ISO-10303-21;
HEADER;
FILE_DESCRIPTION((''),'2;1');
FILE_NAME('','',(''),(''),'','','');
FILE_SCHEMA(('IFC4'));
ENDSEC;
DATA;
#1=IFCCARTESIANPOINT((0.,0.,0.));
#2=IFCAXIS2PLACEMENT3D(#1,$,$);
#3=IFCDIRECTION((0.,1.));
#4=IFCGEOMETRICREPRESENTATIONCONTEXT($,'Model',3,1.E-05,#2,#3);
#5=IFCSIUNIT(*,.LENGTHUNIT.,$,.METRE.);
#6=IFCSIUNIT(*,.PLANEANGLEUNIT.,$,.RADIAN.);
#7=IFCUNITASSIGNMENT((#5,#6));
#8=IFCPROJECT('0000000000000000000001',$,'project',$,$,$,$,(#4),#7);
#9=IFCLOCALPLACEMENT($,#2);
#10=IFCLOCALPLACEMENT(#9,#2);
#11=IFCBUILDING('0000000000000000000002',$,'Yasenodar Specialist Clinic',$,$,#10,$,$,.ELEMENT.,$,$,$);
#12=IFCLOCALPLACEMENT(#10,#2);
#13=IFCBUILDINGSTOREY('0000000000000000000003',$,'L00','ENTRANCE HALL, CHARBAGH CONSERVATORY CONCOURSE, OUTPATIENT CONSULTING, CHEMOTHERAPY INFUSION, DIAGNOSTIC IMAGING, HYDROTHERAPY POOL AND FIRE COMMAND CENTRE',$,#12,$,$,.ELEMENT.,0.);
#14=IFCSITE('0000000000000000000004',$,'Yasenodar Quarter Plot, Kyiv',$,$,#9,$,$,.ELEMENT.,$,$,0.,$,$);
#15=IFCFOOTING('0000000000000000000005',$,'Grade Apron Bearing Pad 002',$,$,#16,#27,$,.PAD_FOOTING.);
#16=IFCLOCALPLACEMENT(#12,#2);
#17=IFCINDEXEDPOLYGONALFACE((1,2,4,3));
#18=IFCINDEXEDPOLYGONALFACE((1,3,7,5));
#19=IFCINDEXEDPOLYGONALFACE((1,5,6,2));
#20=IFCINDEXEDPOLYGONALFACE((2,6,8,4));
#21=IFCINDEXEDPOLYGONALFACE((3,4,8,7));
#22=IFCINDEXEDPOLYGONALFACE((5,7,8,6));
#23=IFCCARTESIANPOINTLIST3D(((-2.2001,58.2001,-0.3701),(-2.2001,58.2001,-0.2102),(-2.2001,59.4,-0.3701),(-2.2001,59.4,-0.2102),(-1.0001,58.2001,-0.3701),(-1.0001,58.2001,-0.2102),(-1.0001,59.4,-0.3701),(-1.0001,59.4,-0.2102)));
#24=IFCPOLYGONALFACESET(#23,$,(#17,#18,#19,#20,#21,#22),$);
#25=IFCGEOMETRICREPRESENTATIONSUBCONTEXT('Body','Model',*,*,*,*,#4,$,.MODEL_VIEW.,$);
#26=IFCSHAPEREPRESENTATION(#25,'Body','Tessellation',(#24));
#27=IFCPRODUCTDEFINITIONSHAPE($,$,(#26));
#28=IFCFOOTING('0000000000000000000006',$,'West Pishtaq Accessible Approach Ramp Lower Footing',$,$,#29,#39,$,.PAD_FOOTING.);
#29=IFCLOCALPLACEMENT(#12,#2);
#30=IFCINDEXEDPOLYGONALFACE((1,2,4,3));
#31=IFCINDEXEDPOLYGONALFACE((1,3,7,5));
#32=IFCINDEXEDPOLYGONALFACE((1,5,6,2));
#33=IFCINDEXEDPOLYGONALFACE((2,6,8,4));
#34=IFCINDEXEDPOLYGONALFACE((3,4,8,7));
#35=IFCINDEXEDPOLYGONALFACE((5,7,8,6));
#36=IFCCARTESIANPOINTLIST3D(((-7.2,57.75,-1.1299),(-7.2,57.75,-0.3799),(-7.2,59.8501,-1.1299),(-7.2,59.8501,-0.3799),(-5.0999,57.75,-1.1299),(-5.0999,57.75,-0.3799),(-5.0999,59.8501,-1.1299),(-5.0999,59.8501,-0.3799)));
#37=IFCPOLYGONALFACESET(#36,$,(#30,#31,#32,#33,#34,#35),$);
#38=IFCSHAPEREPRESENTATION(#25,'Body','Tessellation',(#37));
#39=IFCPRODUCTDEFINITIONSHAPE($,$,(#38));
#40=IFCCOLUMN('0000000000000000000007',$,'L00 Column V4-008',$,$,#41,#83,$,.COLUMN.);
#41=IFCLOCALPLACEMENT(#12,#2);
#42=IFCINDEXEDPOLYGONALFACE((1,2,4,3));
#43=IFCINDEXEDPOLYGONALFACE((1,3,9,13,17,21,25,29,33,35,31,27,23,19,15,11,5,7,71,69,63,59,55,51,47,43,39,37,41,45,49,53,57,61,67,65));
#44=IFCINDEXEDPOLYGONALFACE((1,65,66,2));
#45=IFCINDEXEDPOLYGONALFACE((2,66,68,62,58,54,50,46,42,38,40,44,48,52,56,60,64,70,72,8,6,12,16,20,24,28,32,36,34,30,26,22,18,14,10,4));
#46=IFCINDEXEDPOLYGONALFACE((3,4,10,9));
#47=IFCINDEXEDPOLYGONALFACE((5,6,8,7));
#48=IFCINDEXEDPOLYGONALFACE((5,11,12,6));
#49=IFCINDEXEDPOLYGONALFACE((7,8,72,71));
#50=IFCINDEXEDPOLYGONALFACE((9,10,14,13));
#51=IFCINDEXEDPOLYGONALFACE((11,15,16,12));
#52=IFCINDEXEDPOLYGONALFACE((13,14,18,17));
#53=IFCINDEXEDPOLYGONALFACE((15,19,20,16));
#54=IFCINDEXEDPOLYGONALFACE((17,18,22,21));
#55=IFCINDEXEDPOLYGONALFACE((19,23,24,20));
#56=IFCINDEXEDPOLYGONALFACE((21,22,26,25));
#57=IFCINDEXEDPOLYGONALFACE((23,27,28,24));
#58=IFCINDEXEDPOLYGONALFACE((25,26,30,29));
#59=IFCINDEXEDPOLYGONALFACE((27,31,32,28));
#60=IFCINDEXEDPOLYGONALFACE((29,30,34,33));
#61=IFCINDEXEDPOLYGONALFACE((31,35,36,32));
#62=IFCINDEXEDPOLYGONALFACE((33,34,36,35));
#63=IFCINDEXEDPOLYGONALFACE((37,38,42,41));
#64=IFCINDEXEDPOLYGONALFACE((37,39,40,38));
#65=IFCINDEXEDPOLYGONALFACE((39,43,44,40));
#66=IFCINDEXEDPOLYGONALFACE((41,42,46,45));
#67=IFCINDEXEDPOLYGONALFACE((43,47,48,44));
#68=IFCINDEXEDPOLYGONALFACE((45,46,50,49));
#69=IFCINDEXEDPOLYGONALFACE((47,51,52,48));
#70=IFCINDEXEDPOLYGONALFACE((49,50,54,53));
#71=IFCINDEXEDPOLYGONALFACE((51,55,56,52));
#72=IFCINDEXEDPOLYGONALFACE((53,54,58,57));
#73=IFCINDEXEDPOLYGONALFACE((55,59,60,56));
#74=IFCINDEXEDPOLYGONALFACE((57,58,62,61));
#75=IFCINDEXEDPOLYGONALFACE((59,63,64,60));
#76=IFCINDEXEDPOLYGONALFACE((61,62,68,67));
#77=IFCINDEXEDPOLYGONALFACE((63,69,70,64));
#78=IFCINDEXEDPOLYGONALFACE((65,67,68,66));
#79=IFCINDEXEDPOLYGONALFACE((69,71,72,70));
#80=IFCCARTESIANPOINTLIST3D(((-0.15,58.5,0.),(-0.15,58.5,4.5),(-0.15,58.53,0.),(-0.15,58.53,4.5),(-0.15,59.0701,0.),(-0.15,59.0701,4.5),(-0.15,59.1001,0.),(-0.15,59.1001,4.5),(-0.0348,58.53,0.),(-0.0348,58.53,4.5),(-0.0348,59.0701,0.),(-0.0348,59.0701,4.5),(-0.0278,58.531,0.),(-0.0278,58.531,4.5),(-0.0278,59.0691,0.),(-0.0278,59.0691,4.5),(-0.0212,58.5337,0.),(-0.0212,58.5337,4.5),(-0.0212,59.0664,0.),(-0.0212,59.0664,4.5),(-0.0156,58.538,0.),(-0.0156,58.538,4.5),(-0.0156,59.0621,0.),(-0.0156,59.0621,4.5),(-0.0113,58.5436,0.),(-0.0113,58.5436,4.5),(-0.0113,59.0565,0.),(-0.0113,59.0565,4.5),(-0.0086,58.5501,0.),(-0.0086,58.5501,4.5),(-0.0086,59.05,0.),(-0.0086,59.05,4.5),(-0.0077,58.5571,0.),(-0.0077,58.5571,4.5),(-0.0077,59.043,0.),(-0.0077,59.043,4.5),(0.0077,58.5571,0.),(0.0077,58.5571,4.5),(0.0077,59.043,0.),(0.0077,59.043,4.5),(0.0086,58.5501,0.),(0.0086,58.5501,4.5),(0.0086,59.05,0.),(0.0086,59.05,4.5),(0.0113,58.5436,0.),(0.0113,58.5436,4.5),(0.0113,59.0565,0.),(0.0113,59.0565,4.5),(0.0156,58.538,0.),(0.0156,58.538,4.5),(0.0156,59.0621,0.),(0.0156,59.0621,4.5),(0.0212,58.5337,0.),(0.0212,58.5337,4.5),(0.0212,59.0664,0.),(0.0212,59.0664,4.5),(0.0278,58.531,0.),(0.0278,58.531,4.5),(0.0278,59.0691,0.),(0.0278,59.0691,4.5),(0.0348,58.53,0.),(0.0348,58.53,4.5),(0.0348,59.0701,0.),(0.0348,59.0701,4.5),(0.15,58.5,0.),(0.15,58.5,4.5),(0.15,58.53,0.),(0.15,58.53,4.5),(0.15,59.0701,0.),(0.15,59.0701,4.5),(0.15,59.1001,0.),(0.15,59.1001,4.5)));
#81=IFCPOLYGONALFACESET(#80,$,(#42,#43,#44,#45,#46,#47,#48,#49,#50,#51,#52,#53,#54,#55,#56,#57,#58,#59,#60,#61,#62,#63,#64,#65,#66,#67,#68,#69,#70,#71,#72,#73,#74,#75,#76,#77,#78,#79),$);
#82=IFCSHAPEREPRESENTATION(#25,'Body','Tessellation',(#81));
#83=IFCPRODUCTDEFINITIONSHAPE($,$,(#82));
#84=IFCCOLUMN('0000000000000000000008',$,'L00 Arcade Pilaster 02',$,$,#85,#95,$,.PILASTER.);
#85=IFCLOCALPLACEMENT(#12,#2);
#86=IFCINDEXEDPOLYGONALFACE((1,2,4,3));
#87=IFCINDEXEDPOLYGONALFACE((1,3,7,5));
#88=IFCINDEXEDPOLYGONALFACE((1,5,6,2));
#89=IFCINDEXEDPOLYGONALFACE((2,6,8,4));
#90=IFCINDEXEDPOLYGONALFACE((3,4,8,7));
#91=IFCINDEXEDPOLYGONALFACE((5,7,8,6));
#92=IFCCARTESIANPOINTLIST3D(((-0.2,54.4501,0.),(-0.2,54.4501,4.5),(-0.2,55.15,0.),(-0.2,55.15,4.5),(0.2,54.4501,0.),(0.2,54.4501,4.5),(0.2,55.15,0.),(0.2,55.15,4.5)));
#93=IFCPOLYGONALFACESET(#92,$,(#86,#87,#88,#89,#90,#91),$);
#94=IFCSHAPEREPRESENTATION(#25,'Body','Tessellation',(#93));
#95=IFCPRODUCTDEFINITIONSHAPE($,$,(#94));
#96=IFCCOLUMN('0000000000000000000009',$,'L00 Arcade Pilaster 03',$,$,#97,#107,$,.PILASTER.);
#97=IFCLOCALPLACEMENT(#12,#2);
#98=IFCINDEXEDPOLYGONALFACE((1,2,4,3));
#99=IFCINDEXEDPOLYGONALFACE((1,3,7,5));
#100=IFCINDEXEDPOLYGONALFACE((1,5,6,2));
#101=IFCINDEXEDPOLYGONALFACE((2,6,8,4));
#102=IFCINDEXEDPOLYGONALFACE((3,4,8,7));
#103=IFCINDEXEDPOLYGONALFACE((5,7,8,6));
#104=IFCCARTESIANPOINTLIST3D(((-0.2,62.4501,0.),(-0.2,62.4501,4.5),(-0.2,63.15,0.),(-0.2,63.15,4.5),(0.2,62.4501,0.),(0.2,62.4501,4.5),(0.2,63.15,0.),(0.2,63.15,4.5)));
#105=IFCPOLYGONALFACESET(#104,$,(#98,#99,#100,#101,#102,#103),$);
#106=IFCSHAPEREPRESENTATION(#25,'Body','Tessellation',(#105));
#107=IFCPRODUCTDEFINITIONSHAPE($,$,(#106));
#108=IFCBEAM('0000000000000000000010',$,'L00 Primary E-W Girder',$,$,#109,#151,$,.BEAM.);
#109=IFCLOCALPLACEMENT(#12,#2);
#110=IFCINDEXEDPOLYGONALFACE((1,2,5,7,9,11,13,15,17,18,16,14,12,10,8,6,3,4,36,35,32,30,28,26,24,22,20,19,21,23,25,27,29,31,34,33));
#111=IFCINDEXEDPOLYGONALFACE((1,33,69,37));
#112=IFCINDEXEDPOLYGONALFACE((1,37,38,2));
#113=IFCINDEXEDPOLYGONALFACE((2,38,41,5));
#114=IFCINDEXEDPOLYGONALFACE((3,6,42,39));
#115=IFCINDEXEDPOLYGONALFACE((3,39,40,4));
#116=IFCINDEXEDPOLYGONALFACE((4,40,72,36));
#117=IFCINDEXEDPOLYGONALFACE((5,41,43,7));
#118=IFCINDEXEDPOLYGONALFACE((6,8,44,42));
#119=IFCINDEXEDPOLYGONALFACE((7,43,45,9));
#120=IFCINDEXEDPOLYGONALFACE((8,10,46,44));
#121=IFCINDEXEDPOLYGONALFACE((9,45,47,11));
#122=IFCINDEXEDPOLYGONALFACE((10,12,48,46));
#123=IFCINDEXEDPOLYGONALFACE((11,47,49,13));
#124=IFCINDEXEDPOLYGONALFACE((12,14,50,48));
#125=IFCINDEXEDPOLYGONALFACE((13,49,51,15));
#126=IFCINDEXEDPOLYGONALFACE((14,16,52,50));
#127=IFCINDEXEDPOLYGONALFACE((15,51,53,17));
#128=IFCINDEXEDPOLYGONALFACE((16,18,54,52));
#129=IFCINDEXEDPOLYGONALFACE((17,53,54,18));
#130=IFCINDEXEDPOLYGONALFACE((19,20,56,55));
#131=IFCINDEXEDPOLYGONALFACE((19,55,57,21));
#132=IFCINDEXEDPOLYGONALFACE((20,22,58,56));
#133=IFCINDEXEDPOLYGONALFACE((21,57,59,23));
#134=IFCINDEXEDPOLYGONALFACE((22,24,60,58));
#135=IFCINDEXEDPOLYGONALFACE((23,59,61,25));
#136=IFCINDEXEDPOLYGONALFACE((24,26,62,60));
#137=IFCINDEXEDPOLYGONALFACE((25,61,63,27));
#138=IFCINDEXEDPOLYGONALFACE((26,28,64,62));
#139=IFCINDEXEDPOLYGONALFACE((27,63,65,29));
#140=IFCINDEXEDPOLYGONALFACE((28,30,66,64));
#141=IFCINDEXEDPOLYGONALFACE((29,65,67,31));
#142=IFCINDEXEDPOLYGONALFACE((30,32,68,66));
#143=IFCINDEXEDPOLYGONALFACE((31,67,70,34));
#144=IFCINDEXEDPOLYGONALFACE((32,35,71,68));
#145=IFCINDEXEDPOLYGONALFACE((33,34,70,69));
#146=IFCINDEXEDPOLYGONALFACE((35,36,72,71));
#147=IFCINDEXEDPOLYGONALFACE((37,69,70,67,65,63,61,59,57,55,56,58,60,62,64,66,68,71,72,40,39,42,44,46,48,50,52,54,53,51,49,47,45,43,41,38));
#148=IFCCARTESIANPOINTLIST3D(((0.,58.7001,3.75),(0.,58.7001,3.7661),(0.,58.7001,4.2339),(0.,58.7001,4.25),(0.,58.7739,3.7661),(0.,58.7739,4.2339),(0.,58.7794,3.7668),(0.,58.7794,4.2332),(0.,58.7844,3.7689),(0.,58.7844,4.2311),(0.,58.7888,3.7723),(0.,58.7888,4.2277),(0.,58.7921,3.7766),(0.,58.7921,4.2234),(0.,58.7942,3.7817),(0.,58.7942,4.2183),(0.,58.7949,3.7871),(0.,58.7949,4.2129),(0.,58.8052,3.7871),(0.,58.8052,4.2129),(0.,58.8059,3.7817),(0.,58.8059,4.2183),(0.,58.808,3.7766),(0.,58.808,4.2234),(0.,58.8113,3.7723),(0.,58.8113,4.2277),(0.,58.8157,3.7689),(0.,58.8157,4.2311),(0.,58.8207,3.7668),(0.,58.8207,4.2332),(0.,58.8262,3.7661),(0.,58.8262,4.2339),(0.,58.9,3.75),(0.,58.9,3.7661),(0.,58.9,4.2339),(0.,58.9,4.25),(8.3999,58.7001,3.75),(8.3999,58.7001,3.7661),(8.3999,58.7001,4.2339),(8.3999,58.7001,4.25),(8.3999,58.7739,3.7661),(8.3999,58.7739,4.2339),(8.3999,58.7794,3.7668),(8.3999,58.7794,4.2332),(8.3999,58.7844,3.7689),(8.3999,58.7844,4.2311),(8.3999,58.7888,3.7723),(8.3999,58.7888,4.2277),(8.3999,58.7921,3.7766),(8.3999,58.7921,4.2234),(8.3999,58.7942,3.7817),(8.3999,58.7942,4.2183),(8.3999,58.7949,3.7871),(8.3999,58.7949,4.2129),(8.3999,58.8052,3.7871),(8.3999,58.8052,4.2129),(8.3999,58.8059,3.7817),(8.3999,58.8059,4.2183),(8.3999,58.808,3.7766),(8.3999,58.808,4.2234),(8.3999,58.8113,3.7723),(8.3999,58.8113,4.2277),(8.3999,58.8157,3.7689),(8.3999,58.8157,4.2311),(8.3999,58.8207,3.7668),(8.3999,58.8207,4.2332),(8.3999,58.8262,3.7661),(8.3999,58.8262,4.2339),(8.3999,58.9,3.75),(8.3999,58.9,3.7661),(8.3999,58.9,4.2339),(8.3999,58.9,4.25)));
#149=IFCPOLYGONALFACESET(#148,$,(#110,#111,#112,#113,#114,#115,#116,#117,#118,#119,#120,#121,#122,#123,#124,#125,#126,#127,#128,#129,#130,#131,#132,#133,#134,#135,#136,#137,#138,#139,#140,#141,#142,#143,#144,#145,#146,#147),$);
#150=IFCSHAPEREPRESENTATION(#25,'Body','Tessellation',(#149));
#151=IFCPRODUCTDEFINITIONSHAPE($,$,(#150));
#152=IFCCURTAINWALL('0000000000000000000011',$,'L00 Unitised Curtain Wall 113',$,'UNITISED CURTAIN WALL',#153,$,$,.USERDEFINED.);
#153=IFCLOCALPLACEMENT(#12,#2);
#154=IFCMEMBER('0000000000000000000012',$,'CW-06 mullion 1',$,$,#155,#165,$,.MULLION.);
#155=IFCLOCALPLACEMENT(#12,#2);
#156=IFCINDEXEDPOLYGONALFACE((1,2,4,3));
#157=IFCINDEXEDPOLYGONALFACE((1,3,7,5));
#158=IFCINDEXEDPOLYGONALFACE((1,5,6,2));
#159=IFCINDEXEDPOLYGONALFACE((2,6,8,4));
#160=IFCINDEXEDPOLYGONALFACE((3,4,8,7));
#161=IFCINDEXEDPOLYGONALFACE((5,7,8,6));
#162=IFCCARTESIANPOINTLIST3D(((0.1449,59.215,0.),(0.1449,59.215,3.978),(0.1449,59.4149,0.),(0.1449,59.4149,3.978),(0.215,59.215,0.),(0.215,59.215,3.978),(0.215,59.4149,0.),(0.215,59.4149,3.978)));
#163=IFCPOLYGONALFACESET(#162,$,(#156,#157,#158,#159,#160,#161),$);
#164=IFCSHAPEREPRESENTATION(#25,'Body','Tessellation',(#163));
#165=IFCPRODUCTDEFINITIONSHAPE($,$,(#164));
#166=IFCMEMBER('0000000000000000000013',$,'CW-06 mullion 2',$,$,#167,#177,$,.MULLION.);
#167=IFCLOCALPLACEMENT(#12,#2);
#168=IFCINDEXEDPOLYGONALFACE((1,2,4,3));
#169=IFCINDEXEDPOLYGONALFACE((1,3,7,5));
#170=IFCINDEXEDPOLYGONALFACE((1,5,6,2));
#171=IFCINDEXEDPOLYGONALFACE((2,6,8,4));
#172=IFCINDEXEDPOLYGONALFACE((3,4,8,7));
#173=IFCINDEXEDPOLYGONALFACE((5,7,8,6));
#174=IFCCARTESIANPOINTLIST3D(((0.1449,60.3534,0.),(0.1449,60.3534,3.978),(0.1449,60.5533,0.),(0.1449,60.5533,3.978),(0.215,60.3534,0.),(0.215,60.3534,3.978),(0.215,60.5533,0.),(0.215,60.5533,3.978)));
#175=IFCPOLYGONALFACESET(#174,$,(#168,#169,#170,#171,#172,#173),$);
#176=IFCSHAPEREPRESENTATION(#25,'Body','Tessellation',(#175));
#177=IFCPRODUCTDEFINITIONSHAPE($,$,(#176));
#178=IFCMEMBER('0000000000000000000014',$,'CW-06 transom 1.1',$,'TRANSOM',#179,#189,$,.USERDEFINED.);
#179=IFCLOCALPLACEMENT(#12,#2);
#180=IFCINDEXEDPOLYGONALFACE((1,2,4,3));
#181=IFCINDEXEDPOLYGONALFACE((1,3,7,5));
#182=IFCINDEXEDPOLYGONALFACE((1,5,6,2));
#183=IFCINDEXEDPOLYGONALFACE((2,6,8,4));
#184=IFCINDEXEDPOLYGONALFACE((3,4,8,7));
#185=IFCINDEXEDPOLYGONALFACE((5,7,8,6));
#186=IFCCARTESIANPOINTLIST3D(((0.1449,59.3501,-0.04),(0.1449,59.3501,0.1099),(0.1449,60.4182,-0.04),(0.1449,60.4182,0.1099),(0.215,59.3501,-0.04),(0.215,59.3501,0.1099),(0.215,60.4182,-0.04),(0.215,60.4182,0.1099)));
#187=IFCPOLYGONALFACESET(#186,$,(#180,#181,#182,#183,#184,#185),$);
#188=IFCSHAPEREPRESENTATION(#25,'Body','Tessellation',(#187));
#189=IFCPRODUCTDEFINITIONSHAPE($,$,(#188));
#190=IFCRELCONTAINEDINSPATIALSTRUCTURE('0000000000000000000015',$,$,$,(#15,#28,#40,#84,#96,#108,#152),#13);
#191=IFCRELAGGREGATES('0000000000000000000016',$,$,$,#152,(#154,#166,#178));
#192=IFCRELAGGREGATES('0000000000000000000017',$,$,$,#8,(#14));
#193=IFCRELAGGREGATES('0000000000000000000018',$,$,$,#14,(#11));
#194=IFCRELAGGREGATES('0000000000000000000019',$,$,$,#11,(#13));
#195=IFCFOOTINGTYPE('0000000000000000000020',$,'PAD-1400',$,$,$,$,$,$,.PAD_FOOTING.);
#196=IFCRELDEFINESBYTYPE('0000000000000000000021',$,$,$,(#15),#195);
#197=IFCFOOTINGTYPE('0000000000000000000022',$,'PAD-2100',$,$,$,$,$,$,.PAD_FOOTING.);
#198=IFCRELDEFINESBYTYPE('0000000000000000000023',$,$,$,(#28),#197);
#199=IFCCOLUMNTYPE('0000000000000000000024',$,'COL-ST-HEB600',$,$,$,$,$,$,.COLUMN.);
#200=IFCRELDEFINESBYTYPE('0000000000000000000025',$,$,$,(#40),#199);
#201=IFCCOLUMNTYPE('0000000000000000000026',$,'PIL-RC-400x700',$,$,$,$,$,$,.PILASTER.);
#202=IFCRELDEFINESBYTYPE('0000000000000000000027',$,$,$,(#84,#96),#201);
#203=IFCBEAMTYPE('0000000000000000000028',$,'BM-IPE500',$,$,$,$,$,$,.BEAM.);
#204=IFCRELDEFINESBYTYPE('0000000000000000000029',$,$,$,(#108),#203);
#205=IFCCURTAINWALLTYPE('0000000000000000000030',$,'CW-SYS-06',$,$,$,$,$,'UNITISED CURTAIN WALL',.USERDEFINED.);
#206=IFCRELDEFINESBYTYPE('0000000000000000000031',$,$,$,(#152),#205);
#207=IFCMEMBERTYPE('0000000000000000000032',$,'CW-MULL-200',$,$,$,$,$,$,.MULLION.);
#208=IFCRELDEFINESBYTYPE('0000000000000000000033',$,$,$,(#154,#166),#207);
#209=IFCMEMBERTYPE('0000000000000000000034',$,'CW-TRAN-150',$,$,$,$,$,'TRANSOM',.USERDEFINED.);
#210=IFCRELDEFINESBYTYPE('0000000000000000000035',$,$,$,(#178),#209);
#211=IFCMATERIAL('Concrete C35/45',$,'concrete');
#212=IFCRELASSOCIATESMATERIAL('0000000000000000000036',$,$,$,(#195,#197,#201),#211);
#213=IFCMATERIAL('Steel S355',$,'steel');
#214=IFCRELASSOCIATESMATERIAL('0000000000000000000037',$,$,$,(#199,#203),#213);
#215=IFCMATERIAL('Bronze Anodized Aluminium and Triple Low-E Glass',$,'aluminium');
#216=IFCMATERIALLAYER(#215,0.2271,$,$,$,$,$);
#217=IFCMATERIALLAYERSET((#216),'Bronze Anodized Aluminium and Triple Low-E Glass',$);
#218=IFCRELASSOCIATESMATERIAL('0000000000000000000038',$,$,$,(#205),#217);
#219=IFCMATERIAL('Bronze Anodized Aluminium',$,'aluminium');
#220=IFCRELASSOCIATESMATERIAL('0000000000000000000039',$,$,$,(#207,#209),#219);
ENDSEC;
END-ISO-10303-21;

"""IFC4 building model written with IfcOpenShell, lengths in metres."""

from ifc_helpers import new_model, si_unit, direction, frame, origin, origin_2d, place, context, subcontext, project, spatial, rectangle, i_section, extrude, material, layer, layer_set, material_profile, profile_set, type_object, element, aggregate, save


model = new_model("IFC4")

# Units and contexts
model_context = context("Model", 3, precision=1e-05, world=origin(), true_north=direction((0.0, 1.0)))
body_context = subcontext(model_context, "Body", "Model", "MODEL_VIEW")
ifc_project = project(units=[si_unit("LENGTHUNIT", "METRE"), si_unit("PLANEANGLEUNIT", "RADIAN")], contexts=[model_context])

# Site, building, storey
site_placement = place(None, origin())
site = spatial("IfcSite", under=ifc_project, at=site_placement, Name="Yasenodar Quarter Plot, Kyiv", CompositionType="ELEMENT", RefElevation=0.0)
building_placement = place(site_placement, origin())
building = spatial("IfcBuilding", under=site, at=building_placement, Name="Yasenodar Specialist Clinic", CompositionType="ELEMENT")
storey_placement = place(building_placement, origin())
storey = spatial("IfcBuildingStorey", under=building, at=storey_placement, Name="L00", Description="ENTRANCE HALL, CHARBAGH CONSERVATORY CONCOURSE, OUTPATIENT CONSULTING, CHEMOTHERAPY INFUSION, DIAGNOSTIC IMAGING, HYDROTHERAPY POOL AND FIRE COMMAND CENTRE", CompositionType="ELEMENT", Elevation=0.0)

# Footings
ifc_material_1 = material(Name="Concrete C35/45", Category="concrete")
footing_type_1 = type_object("IfcFootingType", Name="PAD-1400", PredefinedType="PAD_FOOTING", material=ifc_material_1)
footing_1_placement = place(storey_placement, frame((-1.6001, 58.8, -0.3701), z_axis=(0.0, 0.0, 1.0), x_axis=(1.0, 0.0, 0.0)))
element("IfcFooting", 1, at=footing_1_placement, inside=storey, type_object=footing_type_1, Name="Grade Apron Bearing Pad 002", PredefinedType="PAD_FOOTING", context=body_context, shape_type="SweptSolid", body=[
    extrude(rectangle(XDim=1.2, YDim=1.2, at=origin_2d()), origin(), (0.0, 0.0, 1.0), 0.1599),
])
footing_type_2 = type_object("IfcFootingType", Name="PAD-2100", PredefinedType="PAD_FOOTING", material=ifc_material_1)
footing_2_placement = place(storey_placement, frame((-6.1499, 58.8, -1.1299), z_axis=(0.0, 0.0, 1.0), x_axis=(1.0, 0.0, 0.0)))
element("IfcFooting", 2, at=footing_2_placement, inside=storey, type_object=footing_type_2, Name="West Pishtaq Accessible Approach Ramp Lower Footing", PredefinedType="PAD_FOOTING", context=body_context, shape_type="SweptSolid", body=[
    extrude(rectangle(XDim=2.1001, YDim=2.1001, at=origin_2d()), origin(), (0.0, 0.0, 1.0), 0.75),
])

# Columns
ifc_material_2 = material(Name="Steel S355", Category="steel")
ifc_material_profile_1 = material_profile(ifc_material_2, i_section(OverallWidth=0.3, OverallDepth=0.6001, WebThickness=0.0154, FlangeThickness=0.03, FilletRadius=0.0271, at=origin_2d()), Name="HEB 600")
ifc_profile_set_1 = profile_set([ifc_material_profile_1], Name="Steel S355")
column_type_1 = type_object("IfcColumnType", Name="COL-ST-HEB600", PredefinedType="COLUMN", material=ifc_profile_set_1)
column_placement = place(storey_placement, frame((0.0, 58.8, 0.0), z_axis=(0.0, 0.0, 1.0), x_axis=(1.0, 0.0, 0.0)))
element("IfcColumn", 3, at=column_placement, inside=storey, type_object=column_type_1, Name="L00 Column V4-008", PredefinedType="COLUMN", context=body_context, shape_type="SweptSolid", body=[
    extrude(i_section(OverallWidth=0.3, OverallDepth=0.6001, WebThickness=0.0154, FlangeThickness=0.03, FilletRadius=0.0271, at=origin_2d()), origin(), (0.0, 0.0, 1.0), 4.5),
])
ifc_material_profile_2 = material_profile(ifc_material_1, rectangle(XDim=0.3999, YDim=0.7, at=origin_2d()), Name="RC 400x700")
ifc_profile_set_2 = profile_set([ifc_material_profile_2], Name="Concrete C35/45")
column_type_2 = type_object("IfcColumnType", Name="PIL-RC-400x700", PredefinedType="PILASTER", material=ifc_profile_set_2)
for number, where, z_axis, x_axis, name in (
    (4, (0.0, 54.8, 0.0), (0.0, 0.0, 1.0), (1.0, 0.0, 0.0), "L00 Arcade Pilaster 02"),
    (5, (0.0, 62.8, 0.0), (0.0, 0.0, 1.0), (1.0, 0.0, 0.0), "L00 Arcade Pilaster 03"),
):
    element("IfcColumn", number, at=place(storey_placement, frame(where, z_axis=z_axis, x_axis=x_axis)), inside=storey, type_object=column_type_2, Name=name, PredefinedType="PILASTER", context=body_context, shape_type="SweptSolid", body=[
        extrude(rectangle(XDim=0.3999, YDim=0.7, at=origin_2d()), origin(), (0.0, 0.0, 1.0), 4.5),
    ])

# Beam
ifc_material_profile_3 = material_profile(ifc_material_2, i_section(OverallWidth=0.2, OverallDepth=0.5, WebThickness=0.0103, FlangeThickness=0.0161, FilletRadius=0.021, at=origin_2d()), Name="IPE 500")
ifc_profile_set_3 = profile_set([ifc_material_profile_3], Name="Steel S355")
beam_type_1 = type_object("IfcBeamType", Name="BM-IPE500", PredefinedType="BEAM", material=ifc_profile_set_3)
beam_1_placement = place(storey_placement, frame((0.0, 58.8, 4.0), z_axis=(1.0, 0.0, 0.0), x_axis=(0.0, 1.0, 0.0)))
element("IfcBeam", 6, at=beam_1_placement, inside=storey, type_object=beam_type_1, Name="L00 Primary E-W Girder", PredefinedType="BEAM", context=body_context, shape_type="SweptSolid", body=[
    extrude(i_section(OverallWidth=0.2, OverallDepth=0.5, WebThickness=0.0103, FlangeThickness=0.0161, FilletRadius=0.021, at=origin_2d()), origin(), (0.0, 0.0, 1.0), 8.3999),
])

# Curtain wall, members
ifc_material_3 = material(Name="Bronze Anodized Aluminium and Triple Low-E Glass", Category="aluminium")
ifc_layer_1 = layer(ifc_material_3, 0.2271)
ifc_layer_set_1 = layer_set([ifc_layer_1], Name="Bronze Anodized Aluminium and Triple Low-E Glass")
curtain_wall_type = type_object("IfcCurtainWallType", Name="CW-SYS-06", ElementType="UNITISED CURTAIN WALL", PredefinedType="USERDEFINED", material=ifc_layer_set_1)
curtain_wall_placement = place(storey_placement, origin())
curtain_wall = element("IfcCurtainWall", 7, at=curtain_wall_placement, inside=storey, type_object=curtain_wall_type, Name="L00 Unitised Curtain Wall 113", ObjectType="UNITISED CURTAIN WALL", PredefinedType="USERDEFINED")
ifc_material_4 = material(Name="Bronze Anodized Aluminium", Category="aluminium")
ifc_material_profile_4 = material_profile(ifc_material_4, rectangle(XDim=0.0701, YDim=0.2, at=origin_2d()), Name="CW-MULL 70x200")
ifc_profile_set_4 = profile_set([ifc_material_profile_4], Name="Bronze Anodized Aluminium")
member_type_1 = type_object("IfcMemberType", Name="CW-MULL-200", PredefinedType="MULLION", material=ifc_profile_set_4)
member_1_placement = place(storey_placement, frame((0.1799, 59.3149, 0.0), z_axis=(0.0, 0.0, 1.0), x_axis=(-1.0, 0.0, 0.0)))
member_1 = element("IfcMember", 8, at=member_1_placement, type_object=member_type_1, Name="CW-06 mullion 1", PredefinedType="MULLION", context=body_context, shape_type="SweptSolid", body=[
    extrude(rectangle(XDim=0.0701, YDim=0.2, at=origin_2d()), origin(), (0.0, 0.0, 1.0), 3.978),
])
member_2_placement = place(storey_placement, frame((0.1799, 60.4534, 0.0), z_axis=(0.0, 0.0, 1.0), x_axis=(-1.0, 0.0, 0.0)))
member_2 = element("IfcMember", 9, at=member_2_placement, type_object=member_type_1, Name="CW-06 mullion 2", PredefinedType="MULLION", context=body_context, shape_type="SweptSolid", body=[
    extrude(rectangle(XDim=0.0701, YDim=0.2, at=origin_2d()), origin(), (0.0, 0.0, 1.0), 3.978),
])
ifc_material_profile_5 = material_profile(ifc_material_4, rectangle(XDim=0.0701, YDim=0.1499, at=origin_2d()), Name="CW-TRAN 70x150")
ifc_profile_set_5 = profile_set([ifc_material_profile_5], Name="Bronze Anodized Aluminium")
member_type_2 = type_object("IfcMemberType", Name="CW-TRAN-150", ElementType="TRANSOM", PredefinedType="USERDEFINED", material=ifc_profile_set_5)
member_3_placement = place(storey_placement, frame((0.1799, 59.3501, 0.0349), z_axis=(0.0, 1.0, 0.0), x_axis=(-1.0, 0.0, 0.0)))
member_3 = element("IfcMember", 10, at=member_3_placement, type_object=member_type_2, Name="CW-06 transom 1.1", ObjectType="TRANSOM", PredefinedType="USERDEFINED", context=body_context, shape_type="SweptSolid", body=[
    extrude(rectangle(XDim=0.0701, YDim=0.1499, at=origin_2d()), origin(), (0.0, 0.0, 1.0), 1.0681),
])

aggregate(curtain_wall, [member_1, member_2, member_3])

save(model, "model.ifc")
